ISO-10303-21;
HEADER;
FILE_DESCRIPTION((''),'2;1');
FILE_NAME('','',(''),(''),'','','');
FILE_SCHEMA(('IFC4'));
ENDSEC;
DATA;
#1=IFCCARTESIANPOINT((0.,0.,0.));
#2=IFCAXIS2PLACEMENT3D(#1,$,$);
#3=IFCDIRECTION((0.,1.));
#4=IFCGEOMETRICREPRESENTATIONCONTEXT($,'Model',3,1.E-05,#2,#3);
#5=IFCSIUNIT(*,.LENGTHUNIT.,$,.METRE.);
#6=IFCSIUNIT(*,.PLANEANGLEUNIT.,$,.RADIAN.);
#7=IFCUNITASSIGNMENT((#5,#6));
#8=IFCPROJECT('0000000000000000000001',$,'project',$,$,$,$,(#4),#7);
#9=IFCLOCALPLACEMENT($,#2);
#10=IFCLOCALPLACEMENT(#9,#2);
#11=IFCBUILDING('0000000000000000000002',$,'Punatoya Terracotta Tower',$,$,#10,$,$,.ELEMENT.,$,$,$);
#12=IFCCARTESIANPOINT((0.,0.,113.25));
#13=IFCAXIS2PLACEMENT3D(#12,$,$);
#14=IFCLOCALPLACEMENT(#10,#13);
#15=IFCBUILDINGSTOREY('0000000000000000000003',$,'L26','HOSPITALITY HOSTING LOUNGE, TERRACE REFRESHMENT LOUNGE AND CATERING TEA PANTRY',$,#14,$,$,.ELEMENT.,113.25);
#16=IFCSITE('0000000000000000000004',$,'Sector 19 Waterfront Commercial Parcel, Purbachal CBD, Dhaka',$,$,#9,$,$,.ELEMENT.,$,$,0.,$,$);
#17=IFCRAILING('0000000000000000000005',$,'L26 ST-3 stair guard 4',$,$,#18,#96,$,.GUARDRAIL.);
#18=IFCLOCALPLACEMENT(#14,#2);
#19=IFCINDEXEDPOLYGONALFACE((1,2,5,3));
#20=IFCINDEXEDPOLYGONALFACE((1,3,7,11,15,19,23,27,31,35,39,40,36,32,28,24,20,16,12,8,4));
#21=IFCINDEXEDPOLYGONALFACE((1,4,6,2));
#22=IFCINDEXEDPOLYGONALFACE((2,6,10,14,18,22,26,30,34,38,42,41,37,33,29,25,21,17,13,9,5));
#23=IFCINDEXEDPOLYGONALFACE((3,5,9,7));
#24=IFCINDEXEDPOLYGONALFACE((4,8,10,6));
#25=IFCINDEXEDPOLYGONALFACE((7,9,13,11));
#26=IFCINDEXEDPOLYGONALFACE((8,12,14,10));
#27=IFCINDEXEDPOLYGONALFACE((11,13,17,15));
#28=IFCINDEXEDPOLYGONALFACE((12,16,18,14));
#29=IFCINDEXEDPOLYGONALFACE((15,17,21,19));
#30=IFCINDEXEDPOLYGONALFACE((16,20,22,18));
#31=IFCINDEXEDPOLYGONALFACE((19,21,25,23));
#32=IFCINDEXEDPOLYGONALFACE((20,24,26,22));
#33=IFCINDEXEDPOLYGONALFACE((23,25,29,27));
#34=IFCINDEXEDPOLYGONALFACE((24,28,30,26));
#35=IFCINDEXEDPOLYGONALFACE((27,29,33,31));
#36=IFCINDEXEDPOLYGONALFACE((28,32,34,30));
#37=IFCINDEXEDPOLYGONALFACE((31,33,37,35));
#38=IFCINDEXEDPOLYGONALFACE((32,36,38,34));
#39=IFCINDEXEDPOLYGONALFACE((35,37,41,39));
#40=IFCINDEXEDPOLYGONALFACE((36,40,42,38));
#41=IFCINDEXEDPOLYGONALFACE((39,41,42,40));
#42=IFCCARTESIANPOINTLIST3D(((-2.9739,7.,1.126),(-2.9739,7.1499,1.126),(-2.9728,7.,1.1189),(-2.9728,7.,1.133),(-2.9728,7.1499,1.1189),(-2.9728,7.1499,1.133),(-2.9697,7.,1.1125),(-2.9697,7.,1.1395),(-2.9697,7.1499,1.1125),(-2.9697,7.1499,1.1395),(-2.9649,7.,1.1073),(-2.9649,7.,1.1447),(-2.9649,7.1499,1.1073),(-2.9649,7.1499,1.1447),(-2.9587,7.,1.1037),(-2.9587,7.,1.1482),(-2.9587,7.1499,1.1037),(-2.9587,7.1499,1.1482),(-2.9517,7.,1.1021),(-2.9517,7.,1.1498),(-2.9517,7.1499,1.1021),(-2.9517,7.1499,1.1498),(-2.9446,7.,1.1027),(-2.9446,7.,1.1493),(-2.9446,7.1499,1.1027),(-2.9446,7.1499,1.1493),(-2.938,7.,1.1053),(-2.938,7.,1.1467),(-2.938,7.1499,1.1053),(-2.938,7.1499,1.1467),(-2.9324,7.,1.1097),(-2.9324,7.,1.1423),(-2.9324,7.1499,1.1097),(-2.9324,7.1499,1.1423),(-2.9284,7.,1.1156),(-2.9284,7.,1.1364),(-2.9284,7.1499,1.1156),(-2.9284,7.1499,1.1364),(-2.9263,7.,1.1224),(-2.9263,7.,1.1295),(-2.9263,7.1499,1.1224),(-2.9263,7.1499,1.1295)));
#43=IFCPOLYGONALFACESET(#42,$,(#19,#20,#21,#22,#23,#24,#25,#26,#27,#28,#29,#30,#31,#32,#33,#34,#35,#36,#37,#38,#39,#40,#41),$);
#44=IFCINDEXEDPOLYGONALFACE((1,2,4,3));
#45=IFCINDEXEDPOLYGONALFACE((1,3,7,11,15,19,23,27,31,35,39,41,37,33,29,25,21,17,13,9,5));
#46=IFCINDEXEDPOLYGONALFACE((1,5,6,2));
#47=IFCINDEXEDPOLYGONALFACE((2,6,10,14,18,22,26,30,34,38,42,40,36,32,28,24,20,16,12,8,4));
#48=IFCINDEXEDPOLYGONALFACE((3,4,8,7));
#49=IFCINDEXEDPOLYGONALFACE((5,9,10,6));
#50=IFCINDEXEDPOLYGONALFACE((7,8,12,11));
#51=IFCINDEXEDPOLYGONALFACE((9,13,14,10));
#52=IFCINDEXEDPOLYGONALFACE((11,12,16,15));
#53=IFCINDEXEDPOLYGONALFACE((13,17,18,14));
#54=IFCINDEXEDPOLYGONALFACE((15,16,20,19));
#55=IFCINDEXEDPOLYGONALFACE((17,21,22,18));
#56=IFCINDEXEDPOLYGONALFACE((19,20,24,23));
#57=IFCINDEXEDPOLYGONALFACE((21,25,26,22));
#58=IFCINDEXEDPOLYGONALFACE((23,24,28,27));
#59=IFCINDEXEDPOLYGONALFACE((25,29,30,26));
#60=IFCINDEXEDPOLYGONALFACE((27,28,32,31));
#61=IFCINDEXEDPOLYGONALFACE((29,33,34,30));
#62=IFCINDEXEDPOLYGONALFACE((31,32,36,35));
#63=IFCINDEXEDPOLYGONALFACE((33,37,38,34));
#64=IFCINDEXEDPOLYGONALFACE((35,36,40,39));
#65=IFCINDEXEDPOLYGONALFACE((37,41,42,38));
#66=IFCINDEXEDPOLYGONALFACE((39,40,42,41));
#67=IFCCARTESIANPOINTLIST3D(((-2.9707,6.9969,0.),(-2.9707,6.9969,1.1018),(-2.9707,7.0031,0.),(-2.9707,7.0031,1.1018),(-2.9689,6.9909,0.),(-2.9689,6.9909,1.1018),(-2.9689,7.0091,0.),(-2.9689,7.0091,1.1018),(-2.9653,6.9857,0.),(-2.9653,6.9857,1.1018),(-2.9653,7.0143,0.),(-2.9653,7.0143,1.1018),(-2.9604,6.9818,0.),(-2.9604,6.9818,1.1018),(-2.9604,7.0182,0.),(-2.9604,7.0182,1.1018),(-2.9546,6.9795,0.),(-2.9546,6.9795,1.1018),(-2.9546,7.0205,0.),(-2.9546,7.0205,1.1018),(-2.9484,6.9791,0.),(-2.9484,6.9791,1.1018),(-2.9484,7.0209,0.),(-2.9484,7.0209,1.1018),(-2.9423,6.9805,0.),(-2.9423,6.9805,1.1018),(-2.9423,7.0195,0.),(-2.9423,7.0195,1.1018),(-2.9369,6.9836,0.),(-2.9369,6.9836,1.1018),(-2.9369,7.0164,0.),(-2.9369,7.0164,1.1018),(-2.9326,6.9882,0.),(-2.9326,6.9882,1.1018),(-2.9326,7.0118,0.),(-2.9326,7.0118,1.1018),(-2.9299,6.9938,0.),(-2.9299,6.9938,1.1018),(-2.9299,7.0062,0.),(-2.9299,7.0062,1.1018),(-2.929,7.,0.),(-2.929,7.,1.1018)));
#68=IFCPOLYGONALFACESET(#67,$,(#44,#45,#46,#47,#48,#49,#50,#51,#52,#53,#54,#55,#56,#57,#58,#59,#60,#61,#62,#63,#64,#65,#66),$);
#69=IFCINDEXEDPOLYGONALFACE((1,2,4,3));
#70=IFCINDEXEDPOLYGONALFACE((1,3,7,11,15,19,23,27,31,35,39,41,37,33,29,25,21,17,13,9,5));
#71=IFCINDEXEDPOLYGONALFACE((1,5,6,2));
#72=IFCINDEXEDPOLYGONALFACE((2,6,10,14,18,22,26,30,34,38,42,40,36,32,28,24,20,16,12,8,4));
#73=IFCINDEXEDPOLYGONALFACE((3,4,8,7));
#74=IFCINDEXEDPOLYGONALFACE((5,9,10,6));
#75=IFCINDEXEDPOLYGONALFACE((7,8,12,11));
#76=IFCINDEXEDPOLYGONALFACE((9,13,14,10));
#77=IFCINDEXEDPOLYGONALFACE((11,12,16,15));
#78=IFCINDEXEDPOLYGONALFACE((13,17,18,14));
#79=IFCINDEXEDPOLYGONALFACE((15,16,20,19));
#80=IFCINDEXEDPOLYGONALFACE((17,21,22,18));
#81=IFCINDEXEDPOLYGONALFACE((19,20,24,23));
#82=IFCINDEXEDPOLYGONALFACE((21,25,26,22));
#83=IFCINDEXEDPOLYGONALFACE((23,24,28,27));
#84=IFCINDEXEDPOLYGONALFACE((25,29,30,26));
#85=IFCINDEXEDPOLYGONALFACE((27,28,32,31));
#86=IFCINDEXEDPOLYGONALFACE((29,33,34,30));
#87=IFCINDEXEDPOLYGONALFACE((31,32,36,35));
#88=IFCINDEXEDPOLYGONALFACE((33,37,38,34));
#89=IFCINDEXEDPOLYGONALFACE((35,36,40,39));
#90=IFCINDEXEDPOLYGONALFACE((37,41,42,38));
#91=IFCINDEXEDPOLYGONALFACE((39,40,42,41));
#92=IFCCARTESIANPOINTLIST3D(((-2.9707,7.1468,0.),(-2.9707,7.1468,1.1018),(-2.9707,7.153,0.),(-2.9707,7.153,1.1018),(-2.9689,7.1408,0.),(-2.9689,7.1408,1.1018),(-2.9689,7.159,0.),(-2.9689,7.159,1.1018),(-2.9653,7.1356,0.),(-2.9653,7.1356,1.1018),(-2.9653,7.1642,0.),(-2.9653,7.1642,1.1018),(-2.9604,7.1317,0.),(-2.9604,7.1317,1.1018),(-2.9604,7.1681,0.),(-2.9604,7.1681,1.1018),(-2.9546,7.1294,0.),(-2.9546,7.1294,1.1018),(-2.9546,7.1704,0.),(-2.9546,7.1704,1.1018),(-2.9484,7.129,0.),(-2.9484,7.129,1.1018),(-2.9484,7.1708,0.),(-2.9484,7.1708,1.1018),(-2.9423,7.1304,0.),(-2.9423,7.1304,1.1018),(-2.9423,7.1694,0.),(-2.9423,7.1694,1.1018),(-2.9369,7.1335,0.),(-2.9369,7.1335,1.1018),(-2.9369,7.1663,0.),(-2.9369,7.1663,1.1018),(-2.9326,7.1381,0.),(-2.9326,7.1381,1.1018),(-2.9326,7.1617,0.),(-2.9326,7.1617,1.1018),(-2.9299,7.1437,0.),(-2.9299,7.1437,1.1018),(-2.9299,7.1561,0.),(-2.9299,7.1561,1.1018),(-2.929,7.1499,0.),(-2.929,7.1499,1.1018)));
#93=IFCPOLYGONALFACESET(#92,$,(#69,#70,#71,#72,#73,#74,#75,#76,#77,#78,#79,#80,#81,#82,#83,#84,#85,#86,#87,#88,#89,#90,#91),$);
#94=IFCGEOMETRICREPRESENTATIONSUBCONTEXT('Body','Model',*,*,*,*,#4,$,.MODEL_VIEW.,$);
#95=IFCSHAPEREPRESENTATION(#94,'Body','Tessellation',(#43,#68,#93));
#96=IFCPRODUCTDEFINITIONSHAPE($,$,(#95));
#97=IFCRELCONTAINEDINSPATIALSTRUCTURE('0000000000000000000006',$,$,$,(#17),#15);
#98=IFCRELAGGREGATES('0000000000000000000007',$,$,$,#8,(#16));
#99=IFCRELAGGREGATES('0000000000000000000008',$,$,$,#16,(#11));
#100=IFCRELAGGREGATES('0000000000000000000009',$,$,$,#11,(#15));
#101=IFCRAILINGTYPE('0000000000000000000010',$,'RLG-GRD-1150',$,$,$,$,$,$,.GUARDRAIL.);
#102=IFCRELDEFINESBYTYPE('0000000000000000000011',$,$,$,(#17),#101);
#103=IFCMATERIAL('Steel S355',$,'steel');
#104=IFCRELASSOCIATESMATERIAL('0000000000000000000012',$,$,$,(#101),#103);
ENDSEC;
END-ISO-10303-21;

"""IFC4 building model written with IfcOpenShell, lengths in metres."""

from ifc_helpers import new_model, si_unit, direction, frame, origin, origin_2d, place, context, subcontext, project, spatial, circle, extrude, material, type_object, element, save


model = new_model("IFC4")

# Units and contexts
model_context = context("Model", 3, precision=1e-05, world=origin(), true_north=direction((0.0, 1.0)))
body_context = subcontext(model_context, "Body", "Model", "MODEL_VIEW")
ifc_project = project(units=[si_unit("LENGTHUNIT", "METRE"), si_unit("PLANEANGLEUNIT", "RADIAN")], contexts=[model_context])

# Site, building, storey
site_placement = place(None, origin())
site = spatial("IfcSite", under=ifc_project, at=site_placement, Name="Sector 19 Waterfront Commercial Parcel, Purbachal CBD, Dhaka", CompositionType="ELEMENT", RefElevation=0.0)
building_placement = place(site_placement, origin())
building = spatial("IfcBuilding", under=site, at=building_placement, Name="Punatoya Terracotta Tower", CompositionType="ELEMENT")
storey_placement = place(building_placement, frame((0.0, 0.0, 113.25)))
storey = spatial("IfcBuildingStorey", under=building, at=storey_placement, Name="L26", Description="HOSPITALITY HOSTING LOUNGE, TERRACE REFRESHMENT LOUNGE AND CATERING TEA PANTRY", CompositionType="ELEMENT", Elevation=113.25)

# Shared definitions
ifc_material_1 = material(Name="Steel S355", Category="steel")

# Railing
railing_type_1 = type_object("IfcRailingType", Name="RLG-GRD-1150", PredefinedType="GUARDRAIL", material=ifc_material_1)
railing_1_placement = place(storey_placement, frame((-2.95, 7.0, 0.0)))
element("IfcRailing", 1, at=railing_1_placement, inside=storey, type_object=railing_type_1, Name="L26 ST-3 stair guard 4", PredefinedType="GUARDRAIL", context=body_context, shape_type="SweptSolid", body=[
    extrude(circle(Radius=0.0239, at=origin_2d()), frame((0.0, 0.0, 1.126), z_axis=(0.0, 1.0, 0.0), x_axis=(-1.0, 0.0, 0.0)), (0.0, 0.0, 1.0), 0.1499),
    extrude(circle(Radius=0.021, at=origin_2d()), origin(), (0.0, 0.0, 1.0), 1.1018),
    extrude(circle(Radius=0.021, at=origin_2d()), frame((0.0, 0.1499, 0.0)), (0.0, 0.0, 1.0), 1.1018),
])

save(model, "model.ifc")
